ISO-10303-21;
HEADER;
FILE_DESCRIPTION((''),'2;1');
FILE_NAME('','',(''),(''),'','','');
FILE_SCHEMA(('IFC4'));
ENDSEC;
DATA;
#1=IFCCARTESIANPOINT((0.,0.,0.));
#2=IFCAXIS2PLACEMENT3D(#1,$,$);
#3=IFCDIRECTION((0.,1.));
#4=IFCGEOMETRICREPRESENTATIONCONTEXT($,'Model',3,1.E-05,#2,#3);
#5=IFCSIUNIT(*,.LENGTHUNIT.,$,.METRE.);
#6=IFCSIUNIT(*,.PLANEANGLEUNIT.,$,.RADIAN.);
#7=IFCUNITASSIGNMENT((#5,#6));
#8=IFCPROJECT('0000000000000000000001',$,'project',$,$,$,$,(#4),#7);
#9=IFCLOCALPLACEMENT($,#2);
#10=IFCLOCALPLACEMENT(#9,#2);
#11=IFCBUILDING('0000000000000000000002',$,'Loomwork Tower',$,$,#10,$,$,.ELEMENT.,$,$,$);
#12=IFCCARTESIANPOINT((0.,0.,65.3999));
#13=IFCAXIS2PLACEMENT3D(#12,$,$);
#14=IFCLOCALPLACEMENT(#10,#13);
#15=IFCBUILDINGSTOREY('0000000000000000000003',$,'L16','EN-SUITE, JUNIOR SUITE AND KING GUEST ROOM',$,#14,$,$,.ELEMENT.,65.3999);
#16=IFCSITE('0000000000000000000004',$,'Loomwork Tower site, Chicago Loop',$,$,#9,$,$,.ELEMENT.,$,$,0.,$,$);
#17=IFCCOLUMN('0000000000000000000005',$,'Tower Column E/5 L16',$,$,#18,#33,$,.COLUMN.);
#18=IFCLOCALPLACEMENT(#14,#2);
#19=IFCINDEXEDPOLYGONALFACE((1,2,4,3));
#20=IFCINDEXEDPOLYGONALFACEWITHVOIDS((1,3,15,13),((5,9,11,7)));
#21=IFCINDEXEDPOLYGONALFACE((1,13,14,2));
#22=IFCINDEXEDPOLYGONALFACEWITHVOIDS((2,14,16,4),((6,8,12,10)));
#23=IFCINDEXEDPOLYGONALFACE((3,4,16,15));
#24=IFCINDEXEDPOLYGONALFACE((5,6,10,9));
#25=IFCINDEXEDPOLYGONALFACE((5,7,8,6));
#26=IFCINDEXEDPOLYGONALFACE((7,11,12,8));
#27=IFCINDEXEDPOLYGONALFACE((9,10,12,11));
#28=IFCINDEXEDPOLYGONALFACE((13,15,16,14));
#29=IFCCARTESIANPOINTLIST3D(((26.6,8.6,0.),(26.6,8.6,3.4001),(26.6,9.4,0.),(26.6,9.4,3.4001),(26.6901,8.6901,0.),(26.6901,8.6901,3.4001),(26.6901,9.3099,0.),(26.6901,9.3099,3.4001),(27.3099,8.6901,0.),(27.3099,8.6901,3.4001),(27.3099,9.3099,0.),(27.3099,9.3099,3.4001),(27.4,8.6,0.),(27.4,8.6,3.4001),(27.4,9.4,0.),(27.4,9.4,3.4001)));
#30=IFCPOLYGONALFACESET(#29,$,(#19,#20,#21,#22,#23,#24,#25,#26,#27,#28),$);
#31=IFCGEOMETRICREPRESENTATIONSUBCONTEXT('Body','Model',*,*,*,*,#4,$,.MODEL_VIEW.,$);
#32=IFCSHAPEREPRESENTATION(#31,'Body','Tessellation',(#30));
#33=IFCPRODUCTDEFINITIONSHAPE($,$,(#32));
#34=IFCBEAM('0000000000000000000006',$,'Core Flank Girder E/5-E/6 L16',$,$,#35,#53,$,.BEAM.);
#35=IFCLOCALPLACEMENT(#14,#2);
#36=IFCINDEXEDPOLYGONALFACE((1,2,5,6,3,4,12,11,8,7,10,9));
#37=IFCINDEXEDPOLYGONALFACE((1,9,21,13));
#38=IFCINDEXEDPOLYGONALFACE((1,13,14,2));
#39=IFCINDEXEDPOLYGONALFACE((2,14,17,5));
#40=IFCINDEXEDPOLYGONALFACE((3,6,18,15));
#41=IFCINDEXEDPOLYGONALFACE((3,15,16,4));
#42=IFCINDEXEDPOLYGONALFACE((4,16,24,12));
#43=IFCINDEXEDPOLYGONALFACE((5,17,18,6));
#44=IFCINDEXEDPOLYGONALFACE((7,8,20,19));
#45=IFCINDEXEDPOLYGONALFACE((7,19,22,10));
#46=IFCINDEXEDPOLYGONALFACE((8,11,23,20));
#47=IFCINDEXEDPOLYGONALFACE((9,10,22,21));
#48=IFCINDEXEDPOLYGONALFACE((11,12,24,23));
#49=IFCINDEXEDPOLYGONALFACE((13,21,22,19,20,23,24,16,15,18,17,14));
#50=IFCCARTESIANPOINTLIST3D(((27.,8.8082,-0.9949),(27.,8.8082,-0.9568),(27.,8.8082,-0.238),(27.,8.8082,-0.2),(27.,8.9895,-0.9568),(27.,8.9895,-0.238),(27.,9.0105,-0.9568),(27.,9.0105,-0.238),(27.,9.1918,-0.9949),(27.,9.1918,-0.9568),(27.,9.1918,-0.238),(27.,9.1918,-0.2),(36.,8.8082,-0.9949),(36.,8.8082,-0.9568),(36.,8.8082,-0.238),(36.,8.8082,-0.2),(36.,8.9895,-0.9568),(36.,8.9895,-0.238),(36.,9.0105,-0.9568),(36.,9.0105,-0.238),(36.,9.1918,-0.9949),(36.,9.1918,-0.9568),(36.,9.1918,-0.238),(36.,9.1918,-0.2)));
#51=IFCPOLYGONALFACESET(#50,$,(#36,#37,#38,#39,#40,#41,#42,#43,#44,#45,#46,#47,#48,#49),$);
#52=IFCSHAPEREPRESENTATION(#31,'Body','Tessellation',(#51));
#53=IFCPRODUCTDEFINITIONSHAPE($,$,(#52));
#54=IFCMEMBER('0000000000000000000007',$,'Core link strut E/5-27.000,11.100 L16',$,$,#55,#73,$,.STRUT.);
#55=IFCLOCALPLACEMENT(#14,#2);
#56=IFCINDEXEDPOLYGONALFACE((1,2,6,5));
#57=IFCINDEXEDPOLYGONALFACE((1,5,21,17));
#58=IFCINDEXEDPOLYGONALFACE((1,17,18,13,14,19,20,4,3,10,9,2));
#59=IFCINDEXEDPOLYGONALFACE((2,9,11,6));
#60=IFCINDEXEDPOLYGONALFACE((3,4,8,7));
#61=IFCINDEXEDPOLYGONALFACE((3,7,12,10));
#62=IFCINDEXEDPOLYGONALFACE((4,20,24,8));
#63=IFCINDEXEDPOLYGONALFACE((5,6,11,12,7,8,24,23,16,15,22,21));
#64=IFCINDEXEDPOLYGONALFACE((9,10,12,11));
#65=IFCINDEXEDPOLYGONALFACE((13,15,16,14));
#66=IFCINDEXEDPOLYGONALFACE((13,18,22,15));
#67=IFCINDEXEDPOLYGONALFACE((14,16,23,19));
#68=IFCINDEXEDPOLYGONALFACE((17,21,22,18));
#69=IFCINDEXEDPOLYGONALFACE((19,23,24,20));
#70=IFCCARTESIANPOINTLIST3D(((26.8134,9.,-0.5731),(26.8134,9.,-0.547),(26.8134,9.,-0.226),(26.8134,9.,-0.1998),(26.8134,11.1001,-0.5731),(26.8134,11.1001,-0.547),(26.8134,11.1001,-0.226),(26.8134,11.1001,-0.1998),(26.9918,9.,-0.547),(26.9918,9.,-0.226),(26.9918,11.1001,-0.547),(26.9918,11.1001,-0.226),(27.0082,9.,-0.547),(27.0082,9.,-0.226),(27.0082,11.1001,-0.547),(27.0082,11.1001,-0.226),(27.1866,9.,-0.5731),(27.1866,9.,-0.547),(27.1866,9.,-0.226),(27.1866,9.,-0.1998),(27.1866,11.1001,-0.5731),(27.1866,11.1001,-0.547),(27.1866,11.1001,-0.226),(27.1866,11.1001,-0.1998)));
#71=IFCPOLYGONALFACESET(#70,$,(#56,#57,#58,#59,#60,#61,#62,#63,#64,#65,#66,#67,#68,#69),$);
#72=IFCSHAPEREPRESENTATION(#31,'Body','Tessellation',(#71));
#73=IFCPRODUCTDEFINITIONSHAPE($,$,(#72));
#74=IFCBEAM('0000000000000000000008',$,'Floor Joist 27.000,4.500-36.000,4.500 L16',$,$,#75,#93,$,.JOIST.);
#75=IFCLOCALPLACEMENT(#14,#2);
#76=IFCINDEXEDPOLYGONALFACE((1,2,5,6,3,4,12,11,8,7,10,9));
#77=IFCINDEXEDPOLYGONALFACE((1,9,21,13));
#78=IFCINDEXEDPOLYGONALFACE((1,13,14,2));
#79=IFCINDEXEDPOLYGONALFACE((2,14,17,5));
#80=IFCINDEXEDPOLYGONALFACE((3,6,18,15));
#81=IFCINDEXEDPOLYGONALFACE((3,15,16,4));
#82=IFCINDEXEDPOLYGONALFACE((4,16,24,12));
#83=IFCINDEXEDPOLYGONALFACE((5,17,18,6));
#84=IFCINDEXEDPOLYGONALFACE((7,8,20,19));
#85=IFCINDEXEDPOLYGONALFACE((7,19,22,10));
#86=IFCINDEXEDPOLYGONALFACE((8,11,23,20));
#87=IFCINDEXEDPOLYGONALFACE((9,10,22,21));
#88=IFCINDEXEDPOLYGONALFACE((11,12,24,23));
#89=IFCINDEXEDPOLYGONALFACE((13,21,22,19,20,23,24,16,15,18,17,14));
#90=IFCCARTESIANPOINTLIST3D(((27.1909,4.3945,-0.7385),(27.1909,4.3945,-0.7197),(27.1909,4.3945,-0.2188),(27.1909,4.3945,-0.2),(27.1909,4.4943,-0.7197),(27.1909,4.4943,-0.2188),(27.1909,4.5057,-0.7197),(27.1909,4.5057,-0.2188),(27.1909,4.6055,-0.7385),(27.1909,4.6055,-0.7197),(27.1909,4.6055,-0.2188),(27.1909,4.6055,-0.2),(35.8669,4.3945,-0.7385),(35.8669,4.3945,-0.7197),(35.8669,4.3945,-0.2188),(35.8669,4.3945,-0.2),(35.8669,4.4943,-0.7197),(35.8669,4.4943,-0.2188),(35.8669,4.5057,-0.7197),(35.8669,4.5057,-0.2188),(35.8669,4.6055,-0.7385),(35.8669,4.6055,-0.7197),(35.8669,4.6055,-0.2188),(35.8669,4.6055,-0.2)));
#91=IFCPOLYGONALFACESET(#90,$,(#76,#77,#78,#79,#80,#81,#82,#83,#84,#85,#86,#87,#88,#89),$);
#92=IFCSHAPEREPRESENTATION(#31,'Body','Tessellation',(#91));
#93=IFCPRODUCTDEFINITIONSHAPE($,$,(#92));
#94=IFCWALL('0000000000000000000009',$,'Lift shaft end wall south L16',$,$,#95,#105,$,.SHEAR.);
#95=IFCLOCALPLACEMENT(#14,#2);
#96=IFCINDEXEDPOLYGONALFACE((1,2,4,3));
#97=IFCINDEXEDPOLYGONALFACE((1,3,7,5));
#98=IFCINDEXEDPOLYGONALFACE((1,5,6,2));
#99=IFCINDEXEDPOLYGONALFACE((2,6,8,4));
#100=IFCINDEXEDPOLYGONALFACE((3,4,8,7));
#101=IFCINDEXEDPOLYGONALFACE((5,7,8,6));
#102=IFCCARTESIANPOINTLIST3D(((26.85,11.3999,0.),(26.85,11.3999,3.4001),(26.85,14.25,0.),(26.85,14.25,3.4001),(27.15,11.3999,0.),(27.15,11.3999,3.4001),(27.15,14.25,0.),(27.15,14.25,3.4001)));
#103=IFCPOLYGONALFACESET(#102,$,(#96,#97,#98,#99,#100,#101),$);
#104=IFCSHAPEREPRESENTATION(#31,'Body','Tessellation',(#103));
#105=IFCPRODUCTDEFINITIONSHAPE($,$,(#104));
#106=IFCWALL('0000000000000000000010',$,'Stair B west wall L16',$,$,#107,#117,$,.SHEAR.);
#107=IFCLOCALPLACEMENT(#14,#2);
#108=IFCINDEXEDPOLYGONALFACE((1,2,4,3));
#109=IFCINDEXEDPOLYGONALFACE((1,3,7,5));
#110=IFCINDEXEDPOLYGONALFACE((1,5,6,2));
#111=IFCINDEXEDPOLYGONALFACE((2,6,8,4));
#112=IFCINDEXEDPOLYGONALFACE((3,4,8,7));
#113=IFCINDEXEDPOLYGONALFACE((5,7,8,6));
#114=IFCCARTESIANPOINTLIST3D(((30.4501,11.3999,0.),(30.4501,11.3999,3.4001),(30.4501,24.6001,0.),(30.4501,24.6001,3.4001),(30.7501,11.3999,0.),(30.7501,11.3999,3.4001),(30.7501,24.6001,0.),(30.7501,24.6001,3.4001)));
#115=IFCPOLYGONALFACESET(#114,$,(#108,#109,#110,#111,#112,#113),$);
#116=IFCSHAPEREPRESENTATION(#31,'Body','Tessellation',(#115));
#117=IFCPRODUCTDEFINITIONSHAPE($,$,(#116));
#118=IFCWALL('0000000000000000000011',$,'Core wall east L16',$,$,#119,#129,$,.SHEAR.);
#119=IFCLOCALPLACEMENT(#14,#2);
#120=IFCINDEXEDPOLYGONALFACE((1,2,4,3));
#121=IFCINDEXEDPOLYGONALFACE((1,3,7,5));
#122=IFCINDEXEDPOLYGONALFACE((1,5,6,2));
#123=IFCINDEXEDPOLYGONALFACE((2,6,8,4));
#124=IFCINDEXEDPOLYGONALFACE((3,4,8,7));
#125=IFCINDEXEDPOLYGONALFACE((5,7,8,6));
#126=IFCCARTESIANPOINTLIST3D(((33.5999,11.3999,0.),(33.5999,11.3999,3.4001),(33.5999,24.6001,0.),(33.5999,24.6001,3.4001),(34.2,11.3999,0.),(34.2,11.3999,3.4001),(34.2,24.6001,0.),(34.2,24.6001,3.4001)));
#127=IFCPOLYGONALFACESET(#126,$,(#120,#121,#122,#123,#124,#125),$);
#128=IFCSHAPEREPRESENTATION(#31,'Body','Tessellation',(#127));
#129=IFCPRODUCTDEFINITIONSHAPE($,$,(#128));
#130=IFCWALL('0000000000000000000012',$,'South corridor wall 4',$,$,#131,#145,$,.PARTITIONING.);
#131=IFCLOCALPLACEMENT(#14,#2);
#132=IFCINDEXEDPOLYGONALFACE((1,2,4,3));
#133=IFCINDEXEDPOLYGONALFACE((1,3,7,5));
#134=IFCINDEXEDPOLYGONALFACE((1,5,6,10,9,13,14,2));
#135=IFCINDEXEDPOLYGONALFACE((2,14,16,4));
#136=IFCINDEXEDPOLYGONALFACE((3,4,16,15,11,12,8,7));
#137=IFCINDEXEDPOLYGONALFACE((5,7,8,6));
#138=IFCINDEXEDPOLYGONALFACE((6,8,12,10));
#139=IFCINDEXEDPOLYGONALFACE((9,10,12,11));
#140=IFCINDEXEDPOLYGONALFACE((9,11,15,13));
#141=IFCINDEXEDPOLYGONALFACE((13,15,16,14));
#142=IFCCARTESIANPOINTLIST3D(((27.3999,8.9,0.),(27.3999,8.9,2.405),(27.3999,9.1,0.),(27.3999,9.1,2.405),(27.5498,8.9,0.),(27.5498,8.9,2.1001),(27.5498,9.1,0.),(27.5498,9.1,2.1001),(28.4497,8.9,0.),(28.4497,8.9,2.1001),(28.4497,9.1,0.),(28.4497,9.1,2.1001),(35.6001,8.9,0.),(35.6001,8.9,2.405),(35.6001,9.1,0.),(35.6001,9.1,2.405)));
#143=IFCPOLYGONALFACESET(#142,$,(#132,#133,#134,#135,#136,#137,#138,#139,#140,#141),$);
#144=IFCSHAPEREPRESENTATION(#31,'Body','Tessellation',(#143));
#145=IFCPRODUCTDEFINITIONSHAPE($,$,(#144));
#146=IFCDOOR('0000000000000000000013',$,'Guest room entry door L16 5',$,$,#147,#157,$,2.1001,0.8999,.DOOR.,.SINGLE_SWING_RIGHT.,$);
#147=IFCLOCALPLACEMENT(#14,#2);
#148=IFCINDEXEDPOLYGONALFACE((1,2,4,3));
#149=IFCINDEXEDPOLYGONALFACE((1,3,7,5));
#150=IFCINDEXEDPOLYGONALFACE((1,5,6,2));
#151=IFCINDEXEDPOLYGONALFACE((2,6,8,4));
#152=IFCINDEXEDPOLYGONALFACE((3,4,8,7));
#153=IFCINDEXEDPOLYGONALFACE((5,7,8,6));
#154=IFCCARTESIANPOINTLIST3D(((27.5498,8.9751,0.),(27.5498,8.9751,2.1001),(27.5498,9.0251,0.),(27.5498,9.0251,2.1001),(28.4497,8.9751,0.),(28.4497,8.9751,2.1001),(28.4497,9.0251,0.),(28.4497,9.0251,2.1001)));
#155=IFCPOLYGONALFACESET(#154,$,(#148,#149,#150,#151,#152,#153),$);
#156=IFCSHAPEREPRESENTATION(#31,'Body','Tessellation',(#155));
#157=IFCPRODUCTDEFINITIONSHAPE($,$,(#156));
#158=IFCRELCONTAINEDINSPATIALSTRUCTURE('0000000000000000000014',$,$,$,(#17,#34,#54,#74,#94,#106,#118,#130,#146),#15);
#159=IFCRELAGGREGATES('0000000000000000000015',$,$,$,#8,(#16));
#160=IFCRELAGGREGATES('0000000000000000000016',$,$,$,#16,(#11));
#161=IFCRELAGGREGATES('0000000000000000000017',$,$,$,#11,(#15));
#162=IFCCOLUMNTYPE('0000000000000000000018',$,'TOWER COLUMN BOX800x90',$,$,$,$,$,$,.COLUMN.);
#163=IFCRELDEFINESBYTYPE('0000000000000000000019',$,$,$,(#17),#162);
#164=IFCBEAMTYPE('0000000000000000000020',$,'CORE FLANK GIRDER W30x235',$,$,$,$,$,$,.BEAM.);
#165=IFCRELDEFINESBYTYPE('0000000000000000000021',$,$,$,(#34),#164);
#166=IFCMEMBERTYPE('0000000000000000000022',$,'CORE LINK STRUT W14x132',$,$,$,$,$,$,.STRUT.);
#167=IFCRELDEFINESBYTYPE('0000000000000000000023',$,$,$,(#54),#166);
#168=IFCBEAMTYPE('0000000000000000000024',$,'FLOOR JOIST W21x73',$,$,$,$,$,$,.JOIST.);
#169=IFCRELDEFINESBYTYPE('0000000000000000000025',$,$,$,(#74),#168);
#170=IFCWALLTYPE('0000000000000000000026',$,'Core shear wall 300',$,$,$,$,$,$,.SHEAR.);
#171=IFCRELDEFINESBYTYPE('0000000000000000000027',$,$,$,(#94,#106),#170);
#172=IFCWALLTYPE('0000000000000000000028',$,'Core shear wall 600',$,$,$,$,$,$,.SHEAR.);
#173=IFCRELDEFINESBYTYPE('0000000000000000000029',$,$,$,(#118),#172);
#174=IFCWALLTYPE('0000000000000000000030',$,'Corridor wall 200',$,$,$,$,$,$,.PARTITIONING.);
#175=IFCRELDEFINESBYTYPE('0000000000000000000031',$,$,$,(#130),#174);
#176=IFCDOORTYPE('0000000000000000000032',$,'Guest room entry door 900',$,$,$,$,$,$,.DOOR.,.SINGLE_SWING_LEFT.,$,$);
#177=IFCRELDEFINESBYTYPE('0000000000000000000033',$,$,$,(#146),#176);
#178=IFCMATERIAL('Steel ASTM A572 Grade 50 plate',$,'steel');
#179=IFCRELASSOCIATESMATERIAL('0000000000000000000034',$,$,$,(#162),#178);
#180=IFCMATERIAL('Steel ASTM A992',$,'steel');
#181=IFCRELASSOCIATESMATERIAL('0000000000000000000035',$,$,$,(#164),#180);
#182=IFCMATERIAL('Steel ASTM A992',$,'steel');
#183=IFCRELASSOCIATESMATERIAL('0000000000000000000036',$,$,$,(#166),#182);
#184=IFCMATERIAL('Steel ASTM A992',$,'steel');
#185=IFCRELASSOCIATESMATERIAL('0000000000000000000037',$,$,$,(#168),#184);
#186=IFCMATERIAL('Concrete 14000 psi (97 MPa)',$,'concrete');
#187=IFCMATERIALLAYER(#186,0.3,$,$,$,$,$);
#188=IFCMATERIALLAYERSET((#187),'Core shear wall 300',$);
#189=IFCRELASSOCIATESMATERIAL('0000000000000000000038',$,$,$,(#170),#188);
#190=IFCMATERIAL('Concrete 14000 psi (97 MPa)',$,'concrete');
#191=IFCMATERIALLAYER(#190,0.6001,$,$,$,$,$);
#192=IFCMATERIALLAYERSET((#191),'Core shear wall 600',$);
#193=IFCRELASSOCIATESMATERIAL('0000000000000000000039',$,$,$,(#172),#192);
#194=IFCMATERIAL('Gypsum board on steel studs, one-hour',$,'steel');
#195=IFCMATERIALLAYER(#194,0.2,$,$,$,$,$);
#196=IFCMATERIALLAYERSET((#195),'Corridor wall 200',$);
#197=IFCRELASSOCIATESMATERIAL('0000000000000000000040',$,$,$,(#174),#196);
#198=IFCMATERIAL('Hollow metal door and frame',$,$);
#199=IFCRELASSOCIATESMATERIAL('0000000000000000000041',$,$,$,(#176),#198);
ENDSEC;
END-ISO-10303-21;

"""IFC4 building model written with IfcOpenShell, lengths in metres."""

from ifc_helpers import new_model, si_unit, direction, frame, frame_2d, origin, origin_2d, place, context, subcontext, project, spatial, rectangle, hollow_rectangle, i_section, extrude, material, layer, layer_set, material_profile, profile_set, type_object, element, fill, save


model = new_model("IFC4")

# Units and contexts
model_context = context("Model", 3, precision=1e-05, world=origin(), true_north=direction((0.0, 1.0)))
body_context = subcontext(model_context, "Body", "Model", "MODEL_VIEW")
ifc_project = project(units=[si_unit("LENGTHUNIT", "METRE"), si_unit("PLANEANGLEUNIT", "RADIAN")], contexts=[model_context])

# Site, building, storey
site_placement = place(None, origin())
site = spatial("IfcSite", under=ifc_project, at=site_placement, Name="Loomwork Tower site, Chicago Loop", CompositionType="ELEMENT", RefElevation=0.0)
building_placement = place(site_placement, origin())
building = spatial("IfcBuilding", under=site, at=building_placement, Name="Loomwork Tower", CompositionType="ELEMENT")
storey_placement = place(building_placement, frame((0.0, 0.0, 65.3999)))
storey = spatial("IfcBuildingStorey", under=building, at=storey_placement, Name="L16", Description="EN-SUITE, JUNIOR SUITE AND KING GUEST ROOM", CompositionType="ELEMENT", Elevation=65.3999)

# Column
ifc_material_1 = material(Name="Steel ASTM A572 Grade 50 plate", Category="steel")
ifc_material_profile_1 = material_profile(ifc_material_1, hollow_rectangle(XDim=0.8, YDim=0.8, WallThickness=0.0901, at=origin_2d()), Name="BOX800x90")
ifc_profile_set_1 = profile_set([ifc_material_profile_1], Name="Steel ASTM A572 Grade 50 plate")
column_type = type_object("IfcColumnType", Name="TOWER COLUMN BOX800x90", PredefinedType="COLUMN", material=ifc_profile_set_1)
column_placement = place(storey_placement, frame((27.0, 9.0, 0.0), z_axis=(0.0, 0.0, 1.0), x_axis=(1.0, 0.0, 0.0)))
element("IfcColumn", 1, at=column_placement, inside=storey, type_object=column_type, Name="Tower Column E/5 L16", PredefinedType="COLUMN", context=body_context, shape_type="SweptSolid", body=[
    extrude(hollow_rectangle(XDim=0.8, YDim=0.8, WallThickness=0.0901, at=origin_2d()), origin(), (0.0, 0.0, 1.0), 3.4001),
])

# Beam
ifc_material_2 = material(Name="Steel ASTM A992", Category="steel")
ifc_material_profile_2 = material_profile(ifc_material_2, i_section(OverallWidth=0.3835, OverallDepth=0.7949, WebThickness=0.021, FlangeThickness=0.0381, at=origin_2d()), Name="W30x235")
ifc_profile_set_2 = profile_set([ifc_material_profile_2], Name="Steel ASTM A992")
beam_type_1 = type_object("IfcBeamType", Name="CORE FLANK GIRDER W30x235", PredefinedType="BEAM", material=ifc_profile_set_2)
beam_1_placement = place(storey_placement, frame((27.0, 9.0, -0.5974), z_axis=(1.0, 0.0, 0.0), x_axis=(0.0, 1.0, 0.0)))
element("IfcBeam", 2, at=beam_1_placement, inside=storey, type_object=beam_type_1, Name="Core Flank Girder E/5-E/6 L16", PredefinedType="BEAM", context=body_context, shape_type="SweptSolid", body=[
    extrude(i_section(OverallWidth=0.3835, OverallDepth=0.7949, WebThickness=0.021, FlangeThickness=0.0381, at=origin_2d()), origin(), (0.0, 0.0, 1.0), 9.0),
])

# Member
ifc_material_3 = material(Name="Steel ASTM A992", Category="steel")
ifc_material_profile_3 = material_profile(ifc_material_3, i_section(OverallWidth=0.3733, OverallDepth=0.3733, WebThickness=0.0164, FlangeThickness=0.0261, at=origin_2d()), Name="W14x132")
ifc_profile_set_3 = profile_set([ifc_material_profile_3], Name="Steel ASTM A992")
member_type = type_object("IfcMemberType", Name="CORE LINK STRUT W14x132", PredefinedType="STRUT", material=ifc_profile_set_3)
member_placement = place(storey_placement, frame((27.0, 9.0, -0.3865), z_axis=(0.0, 1.0, 0.0), x_axis=(-1.0, 0.0, 0.0)))
element("IfcMember", 3, at=member_placement, inside=storey, type_object=member_type, Name="Core link strut E/5-27.000,11.100 L16", PredefinedType="STRUT", context=body_context, shape_type="SweptSolid", body=[
    extrude(i_section(OverallWidth=0.3733, OverallDepth=0.3733, WebThickness=0.0164, FlangeThickness=0.0261, at=origin_2d()), origin(), (0.0, 0.0, 1.0), 2.1001),
])

# Beam
ifc_material_4 = material(Name="Steel ASTM A992", Category="steel")
ifc_material_profile_4 = material_profile(ifc_material_4, i_section(OverallWidth=0.2109, OverallDepth=0.5386, WebThickness=0.0115, FlangeThickness=0.0188, at=origin_2d()), Name="W21x73")
ifc_profile_set_4 = profile_set([ifc_material_profile_4], Name="Steel ASTM A992")
beam_type_2 = type_object("IfcBeamType", Name="FLOOR JOIST W21x73", PredefinedType="JOIST", material=ifc_profile_set_4)
beam_2_placement = place(storey_placement, frame((27.1909, 4.5, -0.4692), z_axis=(1.0, 0.0, 0.0), x_axis=(0.0, 1.0, 0.0)))
element("IfcBeam", 4, at=beam_2_placement, inside=storey, type_object=beam_type_2, Name="Floor Joist 27.000,4.500-36.000,4.500 L16", PredefinedType="JOIST", context=body_context, shape_type="SweptSolid", body=[
    extrude(i_section(OverallWidth=0.2109, OverallDepth=0.5386, WebThickness=0.0115, FlangeThickness=0.0188, at=origin_2d()), origin(), (0.0, 0.0, 1.0), 8.676),
])

# Walls
ifc_material_5 = material(Name="Concrete 14000 psi (97 MPa)", Category="concrete")
ifc_layer_1 = layer(ifc_material_5, 0.3)
ifc_layer_set_1 = layer_set([ifc_layer_1], Name="Core shear wall 300")
wall_type_1 = type_object("IfcWallType", Name="Core shear wall 300", PredefinedType="SHEAR", material=ifc_layer_set_1)
wall_1_placement = place(storey_placement, frame((27.0, 11.3999, 0.0), z_axis=(0.0, 0.0, 1.0), x_axis=(0.0, 1.0, 0.0)))
element("IfcWall", 5, at=wall_1_placement, inside=storey, type_object=wall_type_1, Name="Lift shaft end wall south L16", PredefinedType="SHEAR", context=body_context, shape_type="SweptSolid", body=[
    extrude(rectangle(XDim=2.8501, YDim=0.3, at=frame_2d((1.425, 0.0))), origin(), (0.0, 0.0, 1.0), 3.4001),
])
wall_2_placement = place(storey_placement, frame((30.6001, 11.3999, 0.0), z_axis=(0.0, 0.0, 1.0), x_axis=(0.0, 1.0, 0.0)))
element("IfcWall", 6, at=wall_2_placement, inside=storey, type_object=wall_type_1, Name="Stair B west wall L16", PredefinedType="SHEAR", context=body_context, shape_type="SweptSolid", body=[
    extrude(rectangle(XDim=13.2002, YDim=0.3, at=frame_2d((6.6001, 0.0))), origin(), (0.0, 0.0, 1.0), 3.4001),
])
ifc_material_6 = material(Name="Concrete 14000 psi (97 MPa)", Category="concrete")
ifc_layer_2 = layer(ifc_material_6, 0.6001)
ifc_layer_set_2 = layer_set([ifc_layer_2], Name="Core shear wall 600")
wall_type_2 = type_object("IfcWallType", Name="Core shear wall 600", PredefinedType="SHEAR", material=ifc_layer_set_2)
wall_3_placement = place(storey_placement, frame((33.8999, 11.3999, 0.0), z_axis=(0.0, 0.0, 1.0), x_axis=(0.0, 1.0, 0.0)))
element("IfcWall", 7, at=wall_3_placement, inside=storey, type_object=wall_type_2, Name="Core wall east L16", PredefinedType="SHEAR", context=body_context, shape_type="SweptSolid", body=[
    extrude(rectangle(XDim=13.2002, YDim=0.6001, at=frame_2d((6.6001, 0.0))), origin(), (0.0, 0.0, 1.0), 3.4001),
])

# Wall, opening, door
ifc_material_7 = material(Name="Gypsum board on steel studs, one-hour", Category="steel")
ifc_layer_3 = layer(ifc_material_7, 0.2)
ifc_layer_set_3 = layer_set([ifc_layer_3], Name="Corridor wall 200")
wall_type_3 = type_object("IfcWallType", Name="Corridor wall 200", PredefinedType="PARTITIONING", material=ifc_layer_set_3)
wall_4_placement = place(storey_placement, frame((27.3999, 9.0, 0.0), z_axis=(0.0, 0.0, 1.0), x_axis=(1.0, 0.0, 0.0)))
wall_4 = element("IfcWall", 8, at=wall_4_placement, inside=storey, type_object=wall_type_3, Name="South corridor wall 4", PredefinedType="PARTITIONING", context=body_context, shape_type="SweptSolid", body=[
    extrude(rectangle(XDim=8.2002, YDim=0.2, at=frame_2d((4.1001, 0.0))), origin(), (0.0, 0.0, 1.0), 2.405),
])
opening_1_placement = place(wall_4_placement, frame((0.1499, 0.0, 0.0)))
opening_1 = element("IfcOpeningElement", 9, at=opening_1_placement, cuts=wall_4, PredefinedType="OPENING", context=body_context, shape_type="SweptSolid", body=[
    extrude(rectangle(XDim=0.8999, YDim=2.1001, at=frame_2d((0.45, 1.05))), frame((0.0, 0.1099, 0.0), z_axis=(0.0, -1.0, 0.0), x_axis=(1.0, 0.0, 0.0)), (0.0, 0.0, 1.0), 0.22),
])
ifc_material_8 = material(Name="Hollow metal door and frame")
door_type_1 = type_object("IfcDoorType", Name="Guest room entry door 900", OperationType="SINGLE_SWING_LEFT", PredefinedType="DOOR", material=ifc_material_8)
door_1_placement = place(opening_1_placement, frame((0.8999, 0.0, 0.0), z_axis=(0.0, 0.0, 1.0), x_axis=(-1.0, 0.0, 0.0)))
door_1 = element("IfcDoor", 10, at=door_1_placement, inside=storey, type_object=door_type_1, Name="Guest room entry door L16 5", OperationType="SINGLE_SWING_RIGHT", OverallHeight=2.1001, OverallWidth=0.8999, PredefinedType="DOOR", context=body_context, shape_type="SweptSolid", body=[
    extrude(rectangle(XDim=0.8999, YDim=2.1001, at=frame_2d((0.45, 1.05))), frame((0.0, 0.0249, 0.0), z_axis=(0.0, -1.0, 0.0), x_axis=(1.0, 0.0, 0.0)), (0.0, 0.0, 1.0), 0.05),
])
fill(opening_1, door_1)

save(model, "model.ifc")
